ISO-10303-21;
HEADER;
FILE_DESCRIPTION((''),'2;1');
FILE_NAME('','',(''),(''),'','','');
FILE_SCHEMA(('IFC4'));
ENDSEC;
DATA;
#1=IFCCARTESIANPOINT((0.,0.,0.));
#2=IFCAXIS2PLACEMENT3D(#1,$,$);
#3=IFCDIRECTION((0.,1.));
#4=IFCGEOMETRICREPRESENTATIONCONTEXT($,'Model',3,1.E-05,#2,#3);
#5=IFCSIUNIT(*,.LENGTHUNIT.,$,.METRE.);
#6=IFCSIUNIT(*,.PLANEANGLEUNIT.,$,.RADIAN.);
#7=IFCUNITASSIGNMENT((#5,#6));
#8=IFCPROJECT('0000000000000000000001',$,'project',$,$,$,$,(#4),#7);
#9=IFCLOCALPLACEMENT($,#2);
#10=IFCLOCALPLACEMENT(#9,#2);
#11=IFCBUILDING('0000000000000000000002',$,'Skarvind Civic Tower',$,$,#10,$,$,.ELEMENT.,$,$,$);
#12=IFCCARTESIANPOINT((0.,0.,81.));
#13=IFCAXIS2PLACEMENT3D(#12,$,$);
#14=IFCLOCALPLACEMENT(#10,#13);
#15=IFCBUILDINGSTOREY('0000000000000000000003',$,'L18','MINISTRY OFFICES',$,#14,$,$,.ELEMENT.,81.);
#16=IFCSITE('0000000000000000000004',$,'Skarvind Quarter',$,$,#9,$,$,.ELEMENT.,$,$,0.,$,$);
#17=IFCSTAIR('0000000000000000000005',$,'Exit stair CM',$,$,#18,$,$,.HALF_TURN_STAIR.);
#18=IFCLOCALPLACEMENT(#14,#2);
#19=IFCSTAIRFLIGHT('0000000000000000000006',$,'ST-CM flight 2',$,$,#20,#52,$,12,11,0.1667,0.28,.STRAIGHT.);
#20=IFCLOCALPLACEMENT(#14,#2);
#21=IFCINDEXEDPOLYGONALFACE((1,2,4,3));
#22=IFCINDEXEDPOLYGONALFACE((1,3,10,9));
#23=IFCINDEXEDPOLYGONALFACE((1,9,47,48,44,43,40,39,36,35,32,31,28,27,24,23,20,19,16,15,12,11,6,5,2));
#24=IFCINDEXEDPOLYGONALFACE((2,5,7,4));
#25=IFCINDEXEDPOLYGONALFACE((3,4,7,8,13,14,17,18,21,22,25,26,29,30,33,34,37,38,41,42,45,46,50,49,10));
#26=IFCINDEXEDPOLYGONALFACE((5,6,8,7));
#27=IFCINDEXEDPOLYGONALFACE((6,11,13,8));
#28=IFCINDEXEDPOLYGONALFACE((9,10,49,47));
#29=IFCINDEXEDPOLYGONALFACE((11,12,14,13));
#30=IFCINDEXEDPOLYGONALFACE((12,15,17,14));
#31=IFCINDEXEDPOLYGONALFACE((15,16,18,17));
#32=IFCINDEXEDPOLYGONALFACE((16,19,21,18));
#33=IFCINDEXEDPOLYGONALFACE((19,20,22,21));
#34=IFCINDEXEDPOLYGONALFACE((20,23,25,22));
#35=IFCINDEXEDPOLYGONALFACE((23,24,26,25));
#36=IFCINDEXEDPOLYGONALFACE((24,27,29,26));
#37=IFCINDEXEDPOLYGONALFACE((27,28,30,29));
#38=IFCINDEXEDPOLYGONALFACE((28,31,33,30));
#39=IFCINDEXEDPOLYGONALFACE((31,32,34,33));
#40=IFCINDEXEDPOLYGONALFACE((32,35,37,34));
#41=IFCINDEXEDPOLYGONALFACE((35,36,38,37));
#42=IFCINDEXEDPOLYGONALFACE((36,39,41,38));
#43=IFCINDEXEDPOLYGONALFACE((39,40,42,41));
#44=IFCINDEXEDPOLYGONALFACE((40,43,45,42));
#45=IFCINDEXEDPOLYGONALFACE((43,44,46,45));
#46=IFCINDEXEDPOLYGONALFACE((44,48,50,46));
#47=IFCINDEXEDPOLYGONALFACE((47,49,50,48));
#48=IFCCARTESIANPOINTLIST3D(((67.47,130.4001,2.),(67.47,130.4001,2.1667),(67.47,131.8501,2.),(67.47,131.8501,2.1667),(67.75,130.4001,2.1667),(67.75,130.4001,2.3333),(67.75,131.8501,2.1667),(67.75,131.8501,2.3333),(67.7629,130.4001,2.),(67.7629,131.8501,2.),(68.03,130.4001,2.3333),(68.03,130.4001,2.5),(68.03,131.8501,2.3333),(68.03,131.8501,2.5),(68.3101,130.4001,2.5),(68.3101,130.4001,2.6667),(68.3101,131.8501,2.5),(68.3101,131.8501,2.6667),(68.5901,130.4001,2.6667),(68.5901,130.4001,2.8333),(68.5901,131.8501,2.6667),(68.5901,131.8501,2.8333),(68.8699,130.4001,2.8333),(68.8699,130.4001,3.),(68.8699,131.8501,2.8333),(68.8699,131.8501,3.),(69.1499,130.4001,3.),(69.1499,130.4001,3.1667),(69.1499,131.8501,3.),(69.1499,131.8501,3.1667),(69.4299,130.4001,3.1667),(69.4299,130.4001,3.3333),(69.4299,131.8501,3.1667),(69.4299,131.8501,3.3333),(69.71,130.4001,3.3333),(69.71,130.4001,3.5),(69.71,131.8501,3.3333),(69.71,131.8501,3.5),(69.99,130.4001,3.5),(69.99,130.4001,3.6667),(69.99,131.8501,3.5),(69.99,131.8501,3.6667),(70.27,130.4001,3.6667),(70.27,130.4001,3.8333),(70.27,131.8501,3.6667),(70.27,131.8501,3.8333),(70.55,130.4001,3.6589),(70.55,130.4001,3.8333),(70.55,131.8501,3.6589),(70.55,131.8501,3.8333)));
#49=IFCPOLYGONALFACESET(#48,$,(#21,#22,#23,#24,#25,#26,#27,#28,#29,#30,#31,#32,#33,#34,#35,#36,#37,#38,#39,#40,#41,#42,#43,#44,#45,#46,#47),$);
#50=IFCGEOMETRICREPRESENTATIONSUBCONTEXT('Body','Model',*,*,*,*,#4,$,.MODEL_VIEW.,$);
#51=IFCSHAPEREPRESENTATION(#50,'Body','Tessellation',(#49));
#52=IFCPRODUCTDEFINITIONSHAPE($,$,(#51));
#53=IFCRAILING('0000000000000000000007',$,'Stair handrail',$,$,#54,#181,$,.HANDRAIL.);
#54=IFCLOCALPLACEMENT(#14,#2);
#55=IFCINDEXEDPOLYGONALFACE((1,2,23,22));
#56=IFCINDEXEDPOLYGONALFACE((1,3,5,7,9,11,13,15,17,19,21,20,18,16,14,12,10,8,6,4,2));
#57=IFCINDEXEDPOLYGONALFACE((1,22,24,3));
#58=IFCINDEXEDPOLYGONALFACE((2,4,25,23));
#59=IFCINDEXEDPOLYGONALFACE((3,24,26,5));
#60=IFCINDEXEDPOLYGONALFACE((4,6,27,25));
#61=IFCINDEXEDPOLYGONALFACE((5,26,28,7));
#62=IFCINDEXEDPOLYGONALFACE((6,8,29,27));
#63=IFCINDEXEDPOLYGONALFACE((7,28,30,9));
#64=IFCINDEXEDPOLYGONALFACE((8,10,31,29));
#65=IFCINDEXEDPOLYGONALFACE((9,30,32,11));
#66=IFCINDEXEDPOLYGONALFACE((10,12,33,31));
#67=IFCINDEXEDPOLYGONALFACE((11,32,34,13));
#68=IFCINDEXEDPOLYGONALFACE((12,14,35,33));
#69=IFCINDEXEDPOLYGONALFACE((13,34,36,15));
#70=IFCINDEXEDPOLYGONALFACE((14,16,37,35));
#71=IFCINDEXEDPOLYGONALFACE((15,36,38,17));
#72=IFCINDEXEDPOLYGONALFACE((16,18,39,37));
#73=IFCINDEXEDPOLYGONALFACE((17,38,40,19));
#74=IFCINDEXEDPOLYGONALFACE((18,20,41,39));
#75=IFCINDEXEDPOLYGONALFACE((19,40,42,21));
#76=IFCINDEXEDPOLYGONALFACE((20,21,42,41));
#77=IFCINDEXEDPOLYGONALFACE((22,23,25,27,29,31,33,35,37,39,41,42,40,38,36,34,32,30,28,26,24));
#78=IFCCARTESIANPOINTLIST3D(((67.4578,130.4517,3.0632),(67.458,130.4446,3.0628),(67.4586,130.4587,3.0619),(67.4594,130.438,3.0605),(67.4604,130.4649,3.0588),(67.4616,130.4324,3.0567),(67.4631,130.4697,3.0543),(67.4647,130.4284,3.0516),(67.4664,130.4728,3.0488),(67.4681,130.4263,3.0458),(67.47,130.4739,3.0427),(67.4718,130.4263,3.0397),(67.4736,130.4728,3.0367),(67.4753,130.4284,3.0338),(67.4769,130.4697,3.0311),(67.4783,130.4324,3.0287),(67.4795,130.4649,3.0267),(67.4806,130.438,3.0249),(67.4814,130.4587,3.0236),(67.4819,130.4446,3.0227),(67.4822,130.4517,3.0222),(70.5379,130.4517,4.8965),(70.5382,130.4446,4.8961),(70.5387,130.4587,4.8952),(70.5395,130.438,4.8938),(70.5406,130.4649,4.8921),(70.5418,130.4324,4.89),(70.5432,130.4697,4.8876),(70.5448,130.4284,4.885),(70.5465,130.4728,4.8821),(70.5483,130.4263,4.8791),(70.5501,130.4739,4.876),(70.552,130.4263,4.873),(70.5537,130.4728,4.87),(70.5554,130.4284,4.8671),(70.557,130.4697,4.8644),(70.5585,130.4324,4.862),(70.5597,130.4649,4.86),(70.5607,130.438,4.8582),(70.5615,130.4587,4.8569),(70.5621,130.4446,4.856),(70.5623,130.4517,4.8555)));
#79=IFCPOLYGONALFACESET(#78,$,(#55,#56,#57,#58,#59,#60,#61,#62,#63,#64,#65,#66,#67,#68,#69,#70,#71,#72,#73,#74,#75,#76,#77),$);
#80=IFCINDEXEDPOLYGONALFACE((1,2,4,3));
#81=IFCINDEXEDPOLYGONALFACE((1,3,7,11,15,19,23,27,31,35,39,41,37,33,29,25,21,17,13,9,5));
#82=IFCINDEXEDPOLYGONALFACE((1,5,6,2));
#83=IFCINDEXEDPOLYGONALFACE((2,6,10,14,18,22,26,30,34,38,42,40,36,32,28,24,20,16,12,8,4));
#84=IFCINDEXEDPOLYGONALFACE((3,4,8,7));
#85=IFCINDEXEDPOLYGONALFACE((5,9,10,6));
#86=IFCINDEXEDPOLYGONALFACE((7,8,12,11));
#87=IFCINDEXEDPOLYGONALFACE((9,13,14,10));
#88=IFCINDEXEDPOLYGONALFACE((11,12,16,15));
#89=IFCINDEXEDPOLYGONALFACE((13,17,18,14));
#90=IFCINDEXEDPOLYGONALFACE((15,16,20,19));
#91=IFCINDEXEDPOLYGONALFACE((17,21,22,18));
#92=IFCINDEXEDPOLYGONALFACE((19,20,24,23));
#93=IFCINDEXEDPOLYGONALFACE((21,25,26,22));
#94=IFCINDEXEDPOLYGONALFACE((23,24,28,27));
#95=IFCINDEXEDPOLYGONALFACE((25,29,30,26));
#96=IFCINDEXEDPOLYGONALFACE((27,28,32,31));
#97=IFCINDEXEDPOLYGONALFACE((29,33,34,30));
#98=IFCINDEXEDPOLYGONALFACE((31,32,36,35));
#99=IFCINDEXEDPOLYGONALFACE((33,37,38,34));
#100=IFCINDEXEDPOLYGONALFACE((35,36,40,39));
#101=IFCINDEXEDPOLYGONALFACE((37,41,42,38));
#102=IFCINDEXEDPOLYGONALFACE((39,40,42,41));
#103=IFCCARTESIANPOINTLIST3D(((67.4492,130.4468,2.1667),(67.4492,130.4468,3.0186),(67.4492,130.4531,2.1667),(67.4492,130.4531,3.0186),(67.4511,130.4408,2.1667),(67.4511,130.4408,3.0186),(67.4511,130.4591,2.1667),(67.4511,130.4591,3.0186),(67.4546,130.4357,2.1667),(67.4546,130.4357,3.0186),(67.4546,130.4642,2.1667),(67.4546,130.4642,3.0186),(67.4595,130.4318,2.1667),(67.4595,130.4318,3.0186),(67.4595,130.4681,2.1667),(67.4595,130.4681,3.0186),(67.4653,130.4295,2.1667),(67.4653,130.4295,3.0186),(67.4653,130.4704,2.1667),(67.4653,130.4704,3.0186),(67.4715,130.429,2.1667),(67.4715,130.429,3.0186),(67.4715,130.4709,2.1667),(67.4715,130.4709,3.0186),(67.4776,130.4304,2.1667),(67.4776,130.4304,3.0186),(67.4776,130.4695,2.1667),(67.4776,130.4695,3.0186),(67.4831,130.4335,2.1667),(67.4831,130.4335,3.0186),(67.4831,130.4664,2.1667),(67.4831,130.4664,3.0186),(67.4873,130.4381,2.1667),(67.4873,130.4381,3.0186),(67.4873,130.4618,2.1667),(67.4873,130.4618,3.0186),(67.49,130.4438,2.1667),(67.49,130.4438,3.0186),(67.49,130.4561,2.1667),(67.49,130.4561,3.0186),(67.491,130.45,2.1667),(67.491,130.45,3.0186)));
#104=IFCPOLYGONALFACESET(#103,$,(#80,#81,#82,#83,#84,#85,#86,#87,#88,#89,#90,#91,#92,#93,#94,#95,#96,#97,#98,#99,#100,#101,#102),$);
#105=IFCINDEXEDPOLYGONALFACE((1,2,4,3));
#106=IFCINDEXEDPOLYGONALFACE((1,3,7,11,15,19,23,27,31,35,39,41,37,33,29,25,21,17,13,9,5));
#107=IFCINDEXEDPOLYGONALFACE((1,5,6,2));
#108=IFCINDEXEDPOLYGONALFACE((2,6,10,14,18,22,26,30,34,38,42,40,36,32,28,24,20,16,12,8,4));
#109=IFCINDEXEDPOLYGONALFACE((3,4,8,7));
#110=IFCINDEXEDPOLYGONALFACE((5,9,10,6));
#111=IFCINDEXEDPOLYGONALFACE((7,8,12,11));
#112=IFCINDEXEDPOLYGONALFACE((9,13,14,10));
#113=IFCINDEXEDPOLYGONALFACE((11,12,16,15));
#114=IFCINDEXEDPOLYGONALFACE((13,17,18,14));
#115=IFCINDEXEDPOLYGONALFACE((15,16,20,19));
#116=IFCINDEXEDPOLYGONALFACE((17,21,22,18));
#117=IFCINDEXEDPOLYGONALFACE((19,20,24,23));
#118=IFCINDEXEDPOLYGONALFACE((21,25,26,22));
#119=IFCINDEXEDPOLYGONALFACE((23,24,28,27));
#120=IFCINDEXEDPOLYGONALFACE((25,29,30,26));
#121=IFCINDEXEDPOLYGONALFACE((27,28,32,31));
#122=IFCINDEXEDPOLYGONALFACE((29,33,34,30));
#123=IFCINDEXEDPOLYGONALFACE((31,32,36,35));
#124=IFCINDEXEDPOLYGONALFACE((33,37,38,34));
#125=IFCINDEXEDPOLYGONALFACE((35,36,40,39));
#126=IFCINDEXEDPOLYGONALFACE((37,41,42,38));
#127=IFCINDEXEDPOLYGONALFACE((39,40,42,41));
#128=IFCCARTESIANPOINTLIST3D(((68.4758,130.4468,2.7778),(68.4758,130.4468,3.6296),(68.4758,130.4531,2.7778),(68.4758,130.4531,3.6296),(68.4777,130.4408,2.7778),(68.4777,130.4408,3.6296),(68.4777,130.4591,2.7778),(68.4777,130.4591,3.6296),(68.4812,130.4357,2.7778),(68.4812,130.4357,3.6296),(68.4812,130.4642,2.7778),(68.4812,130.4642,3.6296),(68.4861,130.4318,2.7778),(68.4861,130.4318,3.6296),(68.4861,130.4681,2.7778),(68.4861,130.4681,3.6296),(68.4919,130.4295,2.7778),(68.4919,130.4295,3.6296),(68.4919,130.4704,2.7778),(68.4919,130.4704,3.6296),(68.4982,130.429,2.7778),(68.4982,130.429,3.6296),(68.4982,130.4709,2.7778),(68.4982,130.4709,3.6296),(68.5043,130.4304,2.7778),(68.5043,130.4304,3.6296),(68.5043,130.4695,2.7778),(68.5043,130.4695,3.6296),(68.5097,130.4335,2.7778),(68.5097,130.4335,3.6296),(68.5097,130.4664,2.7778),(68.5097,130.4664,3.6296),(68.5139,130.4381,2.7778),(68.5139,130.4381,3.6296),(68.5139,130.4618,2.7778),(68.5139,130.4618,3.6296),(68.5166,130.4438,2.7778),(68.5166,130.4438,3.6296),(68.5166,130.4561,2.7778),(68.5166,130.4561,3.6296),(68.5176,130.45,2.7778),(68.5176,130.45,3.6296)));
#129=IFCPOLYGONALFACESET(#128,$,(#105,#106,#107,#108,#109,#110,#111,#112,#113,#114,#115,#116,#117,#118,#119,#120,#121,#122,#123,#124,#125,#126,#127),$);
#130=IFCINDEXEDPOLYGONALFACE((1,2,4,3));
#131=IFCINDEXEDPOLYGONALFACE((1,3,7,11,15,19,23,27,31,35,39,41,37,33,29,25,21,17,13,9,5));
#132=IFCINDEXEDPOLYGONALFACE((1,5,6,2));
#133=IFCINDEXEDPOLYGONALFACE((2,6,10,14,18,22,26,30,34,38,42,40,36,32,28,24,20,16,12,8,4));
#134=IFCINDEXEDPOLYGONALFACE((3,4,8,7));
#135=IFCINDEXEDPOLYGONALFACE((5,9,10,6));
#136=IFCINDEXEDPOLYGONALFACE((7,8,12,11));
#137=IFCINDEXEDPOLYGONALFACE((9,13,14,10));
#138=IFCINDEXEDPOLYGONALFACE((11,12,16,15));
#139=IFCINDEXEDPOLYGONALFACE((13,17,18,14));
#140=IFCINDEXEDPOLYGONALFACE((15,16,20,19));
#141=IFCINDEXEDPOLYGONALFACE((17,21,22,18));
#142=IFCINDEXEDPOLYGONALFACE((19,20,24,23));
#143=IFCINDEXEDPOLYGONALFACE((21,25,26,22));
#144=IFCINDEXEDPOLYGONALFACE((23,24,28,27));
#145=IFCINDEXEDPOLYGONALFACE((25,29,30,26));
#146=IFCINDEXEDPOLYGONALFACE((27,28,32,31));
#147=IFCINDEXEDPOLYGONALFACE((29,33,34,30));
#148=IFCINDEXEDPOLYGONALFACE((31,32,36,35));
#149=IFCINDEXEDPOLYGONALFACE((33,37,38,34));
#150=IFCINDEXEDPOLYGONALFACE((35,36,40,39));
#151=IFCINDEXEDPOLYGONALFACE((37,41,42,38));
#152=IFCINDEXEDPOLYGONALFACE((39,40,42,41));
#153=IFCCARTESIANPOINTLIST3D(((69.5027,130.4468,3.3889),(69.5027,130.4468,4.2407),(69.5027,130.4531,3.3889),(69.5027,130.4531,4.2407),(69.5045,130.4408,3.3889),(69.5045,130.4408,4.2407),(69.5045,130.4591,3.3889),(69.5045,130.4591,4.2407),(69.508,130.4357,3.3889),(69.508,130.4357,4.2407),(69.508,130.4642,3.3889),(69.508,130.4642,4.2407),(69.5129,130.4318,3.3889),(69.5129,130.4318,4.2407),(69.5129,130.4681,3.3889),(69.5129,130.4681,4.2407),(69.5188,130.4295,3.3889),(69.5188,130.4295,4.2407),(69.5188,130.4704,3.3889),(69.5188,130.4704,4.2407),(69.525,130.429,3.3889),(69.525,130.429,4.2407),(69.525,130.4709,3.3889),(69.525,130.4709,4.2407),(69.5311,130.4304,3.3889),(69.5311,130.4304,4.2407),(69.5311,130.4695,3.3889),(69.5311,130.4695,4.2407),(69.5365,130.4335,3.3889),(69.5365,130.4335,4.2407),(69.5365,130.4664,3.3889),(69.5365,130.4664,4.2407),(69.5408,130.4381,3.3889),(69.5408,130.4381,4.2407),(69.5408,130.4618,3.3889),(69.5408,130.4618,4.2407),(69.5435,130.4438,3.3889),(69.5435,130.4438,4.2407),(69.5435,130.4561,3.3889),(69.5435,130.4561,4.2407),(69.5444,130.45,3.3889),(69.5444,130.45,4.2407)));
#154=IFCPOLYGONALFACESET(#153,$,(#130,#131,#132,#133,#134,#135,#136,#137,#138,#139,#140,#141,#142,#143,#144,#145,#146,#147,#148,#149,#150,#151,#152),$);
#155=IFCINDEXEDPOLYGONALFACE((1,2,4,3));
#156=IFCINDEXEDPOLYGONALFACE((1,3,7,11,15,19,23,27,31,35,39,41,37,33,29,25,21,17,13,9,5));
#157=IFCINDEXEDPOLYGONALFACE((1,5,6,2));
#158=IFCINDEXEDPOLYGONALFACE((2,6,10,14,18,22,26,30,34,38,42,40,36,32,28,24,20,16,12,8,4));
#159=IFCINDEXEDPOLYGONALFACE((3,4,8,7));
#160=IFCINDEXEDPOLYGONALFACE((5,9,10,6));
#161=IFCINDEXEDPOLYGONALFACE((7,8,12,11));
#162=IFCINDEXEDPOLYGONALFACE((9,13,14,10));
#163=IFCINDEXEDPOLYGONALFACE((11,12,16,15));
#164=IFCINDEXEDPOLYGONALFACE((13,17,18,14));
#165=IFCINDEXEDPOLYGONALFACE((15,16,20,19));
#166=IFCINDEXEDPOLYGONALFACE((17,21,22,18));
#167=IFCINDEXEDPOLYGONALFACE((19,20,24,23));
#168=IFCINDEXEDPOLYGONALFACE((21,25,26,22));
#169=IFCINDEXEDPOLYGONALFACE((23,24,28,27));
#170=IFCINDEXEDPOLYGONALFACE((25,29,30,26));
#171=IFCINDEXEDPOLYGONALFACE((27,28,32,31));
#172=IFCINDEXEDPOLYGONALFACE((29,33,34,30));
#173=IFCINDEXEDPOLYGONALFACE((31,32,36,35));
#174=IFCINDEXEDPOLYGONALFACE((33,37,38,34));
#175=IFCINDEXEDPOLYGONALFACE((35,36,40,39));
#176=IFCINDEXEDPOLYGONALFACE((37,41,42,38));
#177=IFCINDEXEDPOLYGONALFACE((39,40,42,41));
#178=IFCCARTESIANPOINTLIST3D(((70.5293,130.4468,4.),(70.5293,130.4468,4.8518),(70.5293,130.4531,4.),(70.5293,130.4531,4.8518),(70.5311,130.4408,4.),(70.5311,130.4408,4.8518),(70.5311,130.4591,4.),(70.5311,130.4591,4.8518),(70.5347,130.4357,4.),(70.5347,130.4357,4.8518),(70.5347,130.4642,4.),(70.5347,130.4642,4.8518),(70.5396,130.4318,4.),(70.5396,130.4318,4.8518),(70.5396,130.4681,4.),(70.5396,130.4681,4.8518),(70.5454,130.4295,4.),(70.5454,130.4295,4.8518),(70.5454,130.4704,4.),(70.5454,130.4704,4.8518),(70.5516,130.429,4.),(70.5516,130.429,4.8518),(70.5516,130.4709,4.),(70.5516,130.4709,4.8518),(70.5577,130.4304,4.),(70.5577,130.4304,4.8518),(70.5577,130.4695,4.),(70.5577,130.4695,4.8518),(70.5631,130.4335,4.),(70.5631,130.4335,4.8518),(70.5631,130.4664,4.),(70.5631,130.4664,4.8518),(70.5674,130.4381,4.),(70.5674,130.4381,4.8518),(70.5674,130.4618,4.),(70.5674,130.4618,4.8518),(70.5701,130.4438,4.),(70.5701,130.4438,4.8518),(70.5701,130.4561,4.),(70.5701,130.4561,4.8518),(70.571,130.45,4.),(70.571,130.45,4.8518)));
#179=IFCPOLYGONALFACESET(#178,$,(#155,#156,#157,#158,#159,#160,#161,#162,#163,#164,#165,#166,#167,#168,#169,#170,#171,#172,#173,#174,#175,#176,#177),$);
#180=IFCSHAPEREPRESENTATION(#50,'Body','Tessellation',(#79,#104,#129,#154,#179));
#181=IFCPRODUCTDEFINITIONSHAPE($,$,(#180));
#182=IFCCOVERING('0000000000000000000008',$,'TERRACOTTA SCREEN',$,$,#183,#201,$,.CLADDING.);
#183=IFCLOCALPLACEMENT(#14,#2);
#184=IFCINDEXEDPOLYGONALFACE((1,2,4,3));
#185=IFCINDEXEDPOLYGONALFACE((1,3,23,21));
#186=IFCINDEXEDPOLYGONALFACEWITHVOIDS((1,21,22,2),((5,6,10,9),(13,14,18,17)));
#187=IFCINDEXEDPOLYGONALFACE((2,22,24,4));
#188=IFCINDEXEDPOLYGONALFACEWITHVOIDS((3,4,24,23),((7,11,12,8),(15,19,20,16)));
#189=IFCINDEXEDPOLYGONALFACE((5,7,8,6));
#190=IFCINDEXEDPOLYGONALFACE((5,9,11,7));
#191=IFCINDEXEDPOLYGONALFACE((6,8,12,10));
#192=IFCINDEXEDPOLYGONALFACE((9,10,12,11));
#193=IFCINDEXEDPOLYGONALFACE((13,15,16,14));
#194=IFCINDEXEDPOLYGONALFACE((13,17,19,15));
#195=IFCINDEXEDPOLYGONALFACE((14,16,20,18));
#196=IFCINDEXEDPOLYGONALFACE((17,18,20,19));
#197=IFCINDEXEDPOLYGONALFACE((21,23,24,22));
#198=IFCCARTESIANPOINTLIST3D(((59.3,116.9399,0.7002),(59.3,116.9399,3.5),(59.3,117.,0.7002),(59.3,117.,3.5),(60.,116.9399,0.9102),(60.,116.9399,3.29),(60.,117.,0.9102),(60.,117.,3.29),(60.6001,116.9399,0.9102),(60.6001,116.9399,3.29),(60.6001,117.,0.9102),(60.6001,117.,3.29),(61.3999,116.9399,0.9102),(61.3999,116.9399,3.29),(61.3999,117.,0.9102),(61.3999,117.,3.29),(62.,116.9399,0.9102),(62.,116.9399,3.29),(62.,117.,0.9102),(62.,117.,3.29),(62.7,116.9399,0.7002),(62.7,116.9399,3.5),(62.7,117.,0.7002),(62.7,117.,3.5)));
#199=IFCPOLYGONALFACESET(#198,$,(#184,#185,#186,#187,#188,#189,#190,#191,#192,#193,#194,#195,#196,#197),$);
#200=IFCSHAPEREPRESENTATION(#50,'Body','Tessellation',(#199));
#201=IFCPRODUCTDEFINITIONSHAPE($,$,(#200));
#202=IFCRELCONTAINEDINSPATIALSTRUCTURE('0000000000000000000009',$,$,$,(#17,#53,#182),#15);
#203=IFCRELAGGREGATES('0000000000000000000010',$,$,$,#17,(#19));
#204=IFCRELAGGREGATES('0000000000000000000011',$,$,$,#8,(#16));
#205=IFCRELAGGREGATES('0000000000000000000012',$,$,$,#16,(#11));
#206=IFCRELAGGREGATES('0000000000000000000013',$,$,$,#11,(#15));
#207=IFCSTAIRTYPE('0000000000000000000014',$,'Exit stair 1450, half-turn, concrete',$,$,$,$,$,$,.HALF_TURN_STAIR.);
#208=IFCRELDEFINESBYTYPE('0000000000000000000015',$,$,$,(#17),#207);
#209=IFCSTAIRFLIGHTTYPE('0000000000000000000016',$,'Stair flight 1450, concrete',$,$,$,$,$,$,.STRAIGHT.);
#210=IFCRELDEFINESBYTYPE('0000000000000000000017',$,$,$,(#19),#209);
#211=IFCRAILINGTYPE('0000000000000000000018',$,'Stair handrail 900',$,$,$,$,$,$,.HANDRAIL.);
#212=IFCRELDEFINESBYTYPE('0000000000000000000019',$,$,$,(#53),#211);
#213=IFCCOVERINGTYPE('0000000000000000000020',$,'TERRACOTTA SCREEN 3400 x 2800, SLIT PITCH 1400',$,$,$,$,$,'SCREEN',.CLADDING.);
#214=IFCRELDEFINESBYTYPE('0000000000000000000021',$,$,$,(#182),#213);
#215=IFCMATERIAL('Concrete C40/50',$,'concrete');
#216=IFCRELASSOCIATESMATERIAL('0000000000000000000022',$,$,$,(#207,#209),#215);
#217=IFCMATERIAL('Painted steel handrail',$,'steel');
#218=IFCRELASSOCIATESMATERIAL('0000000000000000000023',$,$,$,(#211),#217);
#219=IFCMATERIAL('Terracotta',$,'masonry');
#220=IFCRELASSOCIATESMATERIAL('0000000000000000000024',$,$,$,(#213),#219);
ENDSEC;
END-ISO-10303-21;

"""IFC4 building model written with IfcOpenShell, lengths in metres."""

from ifc_helpers import new_model, si_unit, direction, frame, origin, origin_2d, place, context, subcontext, project, spatial, polyline, circle, outline, extrude, material, material_profile, profile_set, type_object, element, aggregate, save


model = new_model("IFC4")

# Units and contexts
model_context = context("Model", 3, precision=1e-05, world=origin(), true_north=direction((0.0, 1.0)))
body_context = subcontext(model_context, "Body", "Model", "MODEL_VIEW")
ifc_project = project(units=[si_unit("LENGTHUNIT", "METRE"), si_unit("PLANEANGLEUNIT", "RADIAN")], contexts=[model_context])

# Site, building, storey
site_placement = place(None, origin())
site = spatial("IfcSite", under=ifc_project, at=site_placement, Name="Skarvind Quarter", CompositionType="ELEMENT", RefElevation=0.0)
building_placement = place(site_placement, origin())
building = spatial("IfcBuilding", under=site, at=building_placement, Name="Skarvind Civic Tower", CompositionType="ELEMENT")
storey_placement = place(building_placement, frame((0.0, 0.0, 81.0)))
storey = spatial("IfcBuildingStorey", under=building, at=storey_placement, Name="L18", Description="MINISTRY OFFICES", CompositionType="ELEMENT", Elevation=81.0)

# Stair, stair flight
ifc_material_1 = material(Name="Concrete C40/50", Category="concrete")
stair_type = type_object("IfcStairType", Name="Exit stair 1450, half-turn, concrete", PredefinedType="HALF_TURN_STAIR", material=ifc_material_1)
stair_placement = place(storey_placement, origin())
stair = element("IfcStair", 1, at=stair_placement, inside=storey, type_object=stair_type, Name="Exit stair CM", PredefinedType="HALF_TURN_STAIR")
stair_flight_type = type_object("IfcStairFlightType", Name="Stair flight 1450, concrete", PredefinedType="STRAIGHT", material=ifc_material_1)
stair_flight_placement = place(storey_placement, frame((67.47, 131.125, 2.0), z_axis=(0.0, 0.0, 1.0), x_axis=(1.0, 0.0, 0.0)))
stair_flight = element("IfcStairFlight", 2, at=stair_flight_placement, type_object=stair_flight_type, Name="ST-CM flight 2", NumberOfRisers=12, NumberOfTreads=11, PredefinedType="STRAIGHT", RiserHeight=0.1667, TreadLength=0.28, context=body_context, shape_type="SweptSolid", body=[
    extrude(outline(polyline([(0.0, 0.0), (0.0, 0.1667), (0.28, 0.1667), (0.28, 0.3333), (0.5601, 0.3333), (0.5601, 0.5), (0.8401, 0.5), (0.8401, 0.6667), (1.1201, 0.6667), (1.1201, 0.8333), (1.3999, 0.8333), (1.3999, 1.0), (1.6799, 1.0), (1.6799, 1.1667), (1.96, 1.1667), (1.96, 1.3333), (2.24, 1.3333), (2.24, 1.5), (2.52, 1.5), (2.52, 1.6667), (2.8, 1.6667), (2.8, 1.8333), (3.0801, 1.8333), (3.0801, 2.0), (3.0801, 1.6589), (0.293, 0.0), (0.0, 0.0)])), frame((0.0, 0.7251, 0.0), z_axis=(0.0, -1.0, 0.0), x_axis=(1.0, 0.0, 0.0)), (0.0, 0.0, 1.0), 1.45),
])
aggregate(stair, [stair_flight])

# Railing
ifc_material_2 = material(Name="Painted steel handrail", Category="steel")
railing_type_1 = type_object("IfcRailingType", Name="Stair handrail 900", PredefinedType="HANDRAIL", material=ifc_material_2)
railing_1_placement = place(storey_placement, frame((67.47, 130.45, 2.1667)))
element("IfcRailing", 3, at=railing_1_placement, inside=storey, type_object=railing_type_1, Name="Stair handrail", PredefinedType="HANDRAIL", context=body_context, shape_type="SweptSolid", body=[
    extrude(circle(Radius=0.0239, at=origin_2d()), frame((0.0, 0.0, 0.876), z_axis=(0.859309, 0.0, 0.511458), x_axis=(0.0, 1.0, 0.0)), (0.0, 0.0, 1.0), 3.5845),
    extrude(circle(Radius=0.021, at=origin_2d()), origin(), (0.0, 0.0, 1.0), 0.8518),
    extrude(circle(Radius=0.021, at=origin_2d()), frame((1.0266, 0.0, 0.6111)), (0.0, 0.0, 1.0), 0.8518),
    extrude(circle(Radius=0.021, at=origin_2d()), frame((2.0535, 0.0, 1.2222)), (0.0, 0.0, 1.0), 0.8518),
    extrude(circle(Radius=0.021, at=origin_2d()), frame((3.0801, 0.0, 1.8333)), (0.0, 0.0, 1.0), 0.8518),
])

# Covering
ifc_material_3 = material(Name="Terracotta", Category="masonry")
ifc_material_profile_1 = material_profile(ifc_material_3, outline(polyline([(-1.7, -1.3999), (1.7, -1.3999), (1.7, 1.3999), (-1.7, 1.3999), (-1.7, -1.3999)]), holes=[polyline([(-1.0, -1.1899), (-0.3999, -1.1899), (-0.3999, 1.1899), (-1.0, 1.1899), (-1.0, -1.1899)]), polyline([(0.3999, -1.1899), (1.0, -1.1899), (1.0, 1.1899), (0.3999, 1.1899), (0.3999, -1.1899)])]), Name="TERRACOTTA SCREEN 3400 x 2800, SLIT PITCH 1400")
ifc_profile_set_1 = profile_set([ifc_material_profile_1], Name="Terracotta")
covering_type = type_object("IfcCoveringType", Name="TERRACOTTA SCREEN 3400 x 2800, SLIT PITCH 1400", ElementType="SCREEN", PredefinedType="CLADDING", material=ifc_profile_set_1)
covering_placement = place(storey_placement, frame((61.0, 117.0, 2.1001), z_axis=(0.0, -1.0, 0.0), x_axis=(1.0, 0.0, 0.0)))
element("IfcCovering", 4, at=covering_placement, inside=storey, type_object=covering_type, Name="TERRACOTTA SCREEN", PredefinedType="CLADDING", context=body_context, shape_type="SweptSolid", body=[
    extrude(outline(polyline([(-1.7, -1.3999), (1.7, -1.3999), (1.7, 1.3999), (-1.7, 1.3999), (-1.7, -1.3999)]), holes=[polyline([(-1.0, -1.1899), (-0.3999, -1.1899), (-0.3999, 1.1899), (-1.0, 1.1899), (-1.0, -1.1899)]), polyline([(0.3999, -1.1899), (1.0, -1.1899), (1.0, 1.1899), (0.3999, 1.1899), (0.3999, -1.1899)])]), origin(), (0.0, 0.0, 1.0), 0.0601),
])

save(model, "model.ifc")
